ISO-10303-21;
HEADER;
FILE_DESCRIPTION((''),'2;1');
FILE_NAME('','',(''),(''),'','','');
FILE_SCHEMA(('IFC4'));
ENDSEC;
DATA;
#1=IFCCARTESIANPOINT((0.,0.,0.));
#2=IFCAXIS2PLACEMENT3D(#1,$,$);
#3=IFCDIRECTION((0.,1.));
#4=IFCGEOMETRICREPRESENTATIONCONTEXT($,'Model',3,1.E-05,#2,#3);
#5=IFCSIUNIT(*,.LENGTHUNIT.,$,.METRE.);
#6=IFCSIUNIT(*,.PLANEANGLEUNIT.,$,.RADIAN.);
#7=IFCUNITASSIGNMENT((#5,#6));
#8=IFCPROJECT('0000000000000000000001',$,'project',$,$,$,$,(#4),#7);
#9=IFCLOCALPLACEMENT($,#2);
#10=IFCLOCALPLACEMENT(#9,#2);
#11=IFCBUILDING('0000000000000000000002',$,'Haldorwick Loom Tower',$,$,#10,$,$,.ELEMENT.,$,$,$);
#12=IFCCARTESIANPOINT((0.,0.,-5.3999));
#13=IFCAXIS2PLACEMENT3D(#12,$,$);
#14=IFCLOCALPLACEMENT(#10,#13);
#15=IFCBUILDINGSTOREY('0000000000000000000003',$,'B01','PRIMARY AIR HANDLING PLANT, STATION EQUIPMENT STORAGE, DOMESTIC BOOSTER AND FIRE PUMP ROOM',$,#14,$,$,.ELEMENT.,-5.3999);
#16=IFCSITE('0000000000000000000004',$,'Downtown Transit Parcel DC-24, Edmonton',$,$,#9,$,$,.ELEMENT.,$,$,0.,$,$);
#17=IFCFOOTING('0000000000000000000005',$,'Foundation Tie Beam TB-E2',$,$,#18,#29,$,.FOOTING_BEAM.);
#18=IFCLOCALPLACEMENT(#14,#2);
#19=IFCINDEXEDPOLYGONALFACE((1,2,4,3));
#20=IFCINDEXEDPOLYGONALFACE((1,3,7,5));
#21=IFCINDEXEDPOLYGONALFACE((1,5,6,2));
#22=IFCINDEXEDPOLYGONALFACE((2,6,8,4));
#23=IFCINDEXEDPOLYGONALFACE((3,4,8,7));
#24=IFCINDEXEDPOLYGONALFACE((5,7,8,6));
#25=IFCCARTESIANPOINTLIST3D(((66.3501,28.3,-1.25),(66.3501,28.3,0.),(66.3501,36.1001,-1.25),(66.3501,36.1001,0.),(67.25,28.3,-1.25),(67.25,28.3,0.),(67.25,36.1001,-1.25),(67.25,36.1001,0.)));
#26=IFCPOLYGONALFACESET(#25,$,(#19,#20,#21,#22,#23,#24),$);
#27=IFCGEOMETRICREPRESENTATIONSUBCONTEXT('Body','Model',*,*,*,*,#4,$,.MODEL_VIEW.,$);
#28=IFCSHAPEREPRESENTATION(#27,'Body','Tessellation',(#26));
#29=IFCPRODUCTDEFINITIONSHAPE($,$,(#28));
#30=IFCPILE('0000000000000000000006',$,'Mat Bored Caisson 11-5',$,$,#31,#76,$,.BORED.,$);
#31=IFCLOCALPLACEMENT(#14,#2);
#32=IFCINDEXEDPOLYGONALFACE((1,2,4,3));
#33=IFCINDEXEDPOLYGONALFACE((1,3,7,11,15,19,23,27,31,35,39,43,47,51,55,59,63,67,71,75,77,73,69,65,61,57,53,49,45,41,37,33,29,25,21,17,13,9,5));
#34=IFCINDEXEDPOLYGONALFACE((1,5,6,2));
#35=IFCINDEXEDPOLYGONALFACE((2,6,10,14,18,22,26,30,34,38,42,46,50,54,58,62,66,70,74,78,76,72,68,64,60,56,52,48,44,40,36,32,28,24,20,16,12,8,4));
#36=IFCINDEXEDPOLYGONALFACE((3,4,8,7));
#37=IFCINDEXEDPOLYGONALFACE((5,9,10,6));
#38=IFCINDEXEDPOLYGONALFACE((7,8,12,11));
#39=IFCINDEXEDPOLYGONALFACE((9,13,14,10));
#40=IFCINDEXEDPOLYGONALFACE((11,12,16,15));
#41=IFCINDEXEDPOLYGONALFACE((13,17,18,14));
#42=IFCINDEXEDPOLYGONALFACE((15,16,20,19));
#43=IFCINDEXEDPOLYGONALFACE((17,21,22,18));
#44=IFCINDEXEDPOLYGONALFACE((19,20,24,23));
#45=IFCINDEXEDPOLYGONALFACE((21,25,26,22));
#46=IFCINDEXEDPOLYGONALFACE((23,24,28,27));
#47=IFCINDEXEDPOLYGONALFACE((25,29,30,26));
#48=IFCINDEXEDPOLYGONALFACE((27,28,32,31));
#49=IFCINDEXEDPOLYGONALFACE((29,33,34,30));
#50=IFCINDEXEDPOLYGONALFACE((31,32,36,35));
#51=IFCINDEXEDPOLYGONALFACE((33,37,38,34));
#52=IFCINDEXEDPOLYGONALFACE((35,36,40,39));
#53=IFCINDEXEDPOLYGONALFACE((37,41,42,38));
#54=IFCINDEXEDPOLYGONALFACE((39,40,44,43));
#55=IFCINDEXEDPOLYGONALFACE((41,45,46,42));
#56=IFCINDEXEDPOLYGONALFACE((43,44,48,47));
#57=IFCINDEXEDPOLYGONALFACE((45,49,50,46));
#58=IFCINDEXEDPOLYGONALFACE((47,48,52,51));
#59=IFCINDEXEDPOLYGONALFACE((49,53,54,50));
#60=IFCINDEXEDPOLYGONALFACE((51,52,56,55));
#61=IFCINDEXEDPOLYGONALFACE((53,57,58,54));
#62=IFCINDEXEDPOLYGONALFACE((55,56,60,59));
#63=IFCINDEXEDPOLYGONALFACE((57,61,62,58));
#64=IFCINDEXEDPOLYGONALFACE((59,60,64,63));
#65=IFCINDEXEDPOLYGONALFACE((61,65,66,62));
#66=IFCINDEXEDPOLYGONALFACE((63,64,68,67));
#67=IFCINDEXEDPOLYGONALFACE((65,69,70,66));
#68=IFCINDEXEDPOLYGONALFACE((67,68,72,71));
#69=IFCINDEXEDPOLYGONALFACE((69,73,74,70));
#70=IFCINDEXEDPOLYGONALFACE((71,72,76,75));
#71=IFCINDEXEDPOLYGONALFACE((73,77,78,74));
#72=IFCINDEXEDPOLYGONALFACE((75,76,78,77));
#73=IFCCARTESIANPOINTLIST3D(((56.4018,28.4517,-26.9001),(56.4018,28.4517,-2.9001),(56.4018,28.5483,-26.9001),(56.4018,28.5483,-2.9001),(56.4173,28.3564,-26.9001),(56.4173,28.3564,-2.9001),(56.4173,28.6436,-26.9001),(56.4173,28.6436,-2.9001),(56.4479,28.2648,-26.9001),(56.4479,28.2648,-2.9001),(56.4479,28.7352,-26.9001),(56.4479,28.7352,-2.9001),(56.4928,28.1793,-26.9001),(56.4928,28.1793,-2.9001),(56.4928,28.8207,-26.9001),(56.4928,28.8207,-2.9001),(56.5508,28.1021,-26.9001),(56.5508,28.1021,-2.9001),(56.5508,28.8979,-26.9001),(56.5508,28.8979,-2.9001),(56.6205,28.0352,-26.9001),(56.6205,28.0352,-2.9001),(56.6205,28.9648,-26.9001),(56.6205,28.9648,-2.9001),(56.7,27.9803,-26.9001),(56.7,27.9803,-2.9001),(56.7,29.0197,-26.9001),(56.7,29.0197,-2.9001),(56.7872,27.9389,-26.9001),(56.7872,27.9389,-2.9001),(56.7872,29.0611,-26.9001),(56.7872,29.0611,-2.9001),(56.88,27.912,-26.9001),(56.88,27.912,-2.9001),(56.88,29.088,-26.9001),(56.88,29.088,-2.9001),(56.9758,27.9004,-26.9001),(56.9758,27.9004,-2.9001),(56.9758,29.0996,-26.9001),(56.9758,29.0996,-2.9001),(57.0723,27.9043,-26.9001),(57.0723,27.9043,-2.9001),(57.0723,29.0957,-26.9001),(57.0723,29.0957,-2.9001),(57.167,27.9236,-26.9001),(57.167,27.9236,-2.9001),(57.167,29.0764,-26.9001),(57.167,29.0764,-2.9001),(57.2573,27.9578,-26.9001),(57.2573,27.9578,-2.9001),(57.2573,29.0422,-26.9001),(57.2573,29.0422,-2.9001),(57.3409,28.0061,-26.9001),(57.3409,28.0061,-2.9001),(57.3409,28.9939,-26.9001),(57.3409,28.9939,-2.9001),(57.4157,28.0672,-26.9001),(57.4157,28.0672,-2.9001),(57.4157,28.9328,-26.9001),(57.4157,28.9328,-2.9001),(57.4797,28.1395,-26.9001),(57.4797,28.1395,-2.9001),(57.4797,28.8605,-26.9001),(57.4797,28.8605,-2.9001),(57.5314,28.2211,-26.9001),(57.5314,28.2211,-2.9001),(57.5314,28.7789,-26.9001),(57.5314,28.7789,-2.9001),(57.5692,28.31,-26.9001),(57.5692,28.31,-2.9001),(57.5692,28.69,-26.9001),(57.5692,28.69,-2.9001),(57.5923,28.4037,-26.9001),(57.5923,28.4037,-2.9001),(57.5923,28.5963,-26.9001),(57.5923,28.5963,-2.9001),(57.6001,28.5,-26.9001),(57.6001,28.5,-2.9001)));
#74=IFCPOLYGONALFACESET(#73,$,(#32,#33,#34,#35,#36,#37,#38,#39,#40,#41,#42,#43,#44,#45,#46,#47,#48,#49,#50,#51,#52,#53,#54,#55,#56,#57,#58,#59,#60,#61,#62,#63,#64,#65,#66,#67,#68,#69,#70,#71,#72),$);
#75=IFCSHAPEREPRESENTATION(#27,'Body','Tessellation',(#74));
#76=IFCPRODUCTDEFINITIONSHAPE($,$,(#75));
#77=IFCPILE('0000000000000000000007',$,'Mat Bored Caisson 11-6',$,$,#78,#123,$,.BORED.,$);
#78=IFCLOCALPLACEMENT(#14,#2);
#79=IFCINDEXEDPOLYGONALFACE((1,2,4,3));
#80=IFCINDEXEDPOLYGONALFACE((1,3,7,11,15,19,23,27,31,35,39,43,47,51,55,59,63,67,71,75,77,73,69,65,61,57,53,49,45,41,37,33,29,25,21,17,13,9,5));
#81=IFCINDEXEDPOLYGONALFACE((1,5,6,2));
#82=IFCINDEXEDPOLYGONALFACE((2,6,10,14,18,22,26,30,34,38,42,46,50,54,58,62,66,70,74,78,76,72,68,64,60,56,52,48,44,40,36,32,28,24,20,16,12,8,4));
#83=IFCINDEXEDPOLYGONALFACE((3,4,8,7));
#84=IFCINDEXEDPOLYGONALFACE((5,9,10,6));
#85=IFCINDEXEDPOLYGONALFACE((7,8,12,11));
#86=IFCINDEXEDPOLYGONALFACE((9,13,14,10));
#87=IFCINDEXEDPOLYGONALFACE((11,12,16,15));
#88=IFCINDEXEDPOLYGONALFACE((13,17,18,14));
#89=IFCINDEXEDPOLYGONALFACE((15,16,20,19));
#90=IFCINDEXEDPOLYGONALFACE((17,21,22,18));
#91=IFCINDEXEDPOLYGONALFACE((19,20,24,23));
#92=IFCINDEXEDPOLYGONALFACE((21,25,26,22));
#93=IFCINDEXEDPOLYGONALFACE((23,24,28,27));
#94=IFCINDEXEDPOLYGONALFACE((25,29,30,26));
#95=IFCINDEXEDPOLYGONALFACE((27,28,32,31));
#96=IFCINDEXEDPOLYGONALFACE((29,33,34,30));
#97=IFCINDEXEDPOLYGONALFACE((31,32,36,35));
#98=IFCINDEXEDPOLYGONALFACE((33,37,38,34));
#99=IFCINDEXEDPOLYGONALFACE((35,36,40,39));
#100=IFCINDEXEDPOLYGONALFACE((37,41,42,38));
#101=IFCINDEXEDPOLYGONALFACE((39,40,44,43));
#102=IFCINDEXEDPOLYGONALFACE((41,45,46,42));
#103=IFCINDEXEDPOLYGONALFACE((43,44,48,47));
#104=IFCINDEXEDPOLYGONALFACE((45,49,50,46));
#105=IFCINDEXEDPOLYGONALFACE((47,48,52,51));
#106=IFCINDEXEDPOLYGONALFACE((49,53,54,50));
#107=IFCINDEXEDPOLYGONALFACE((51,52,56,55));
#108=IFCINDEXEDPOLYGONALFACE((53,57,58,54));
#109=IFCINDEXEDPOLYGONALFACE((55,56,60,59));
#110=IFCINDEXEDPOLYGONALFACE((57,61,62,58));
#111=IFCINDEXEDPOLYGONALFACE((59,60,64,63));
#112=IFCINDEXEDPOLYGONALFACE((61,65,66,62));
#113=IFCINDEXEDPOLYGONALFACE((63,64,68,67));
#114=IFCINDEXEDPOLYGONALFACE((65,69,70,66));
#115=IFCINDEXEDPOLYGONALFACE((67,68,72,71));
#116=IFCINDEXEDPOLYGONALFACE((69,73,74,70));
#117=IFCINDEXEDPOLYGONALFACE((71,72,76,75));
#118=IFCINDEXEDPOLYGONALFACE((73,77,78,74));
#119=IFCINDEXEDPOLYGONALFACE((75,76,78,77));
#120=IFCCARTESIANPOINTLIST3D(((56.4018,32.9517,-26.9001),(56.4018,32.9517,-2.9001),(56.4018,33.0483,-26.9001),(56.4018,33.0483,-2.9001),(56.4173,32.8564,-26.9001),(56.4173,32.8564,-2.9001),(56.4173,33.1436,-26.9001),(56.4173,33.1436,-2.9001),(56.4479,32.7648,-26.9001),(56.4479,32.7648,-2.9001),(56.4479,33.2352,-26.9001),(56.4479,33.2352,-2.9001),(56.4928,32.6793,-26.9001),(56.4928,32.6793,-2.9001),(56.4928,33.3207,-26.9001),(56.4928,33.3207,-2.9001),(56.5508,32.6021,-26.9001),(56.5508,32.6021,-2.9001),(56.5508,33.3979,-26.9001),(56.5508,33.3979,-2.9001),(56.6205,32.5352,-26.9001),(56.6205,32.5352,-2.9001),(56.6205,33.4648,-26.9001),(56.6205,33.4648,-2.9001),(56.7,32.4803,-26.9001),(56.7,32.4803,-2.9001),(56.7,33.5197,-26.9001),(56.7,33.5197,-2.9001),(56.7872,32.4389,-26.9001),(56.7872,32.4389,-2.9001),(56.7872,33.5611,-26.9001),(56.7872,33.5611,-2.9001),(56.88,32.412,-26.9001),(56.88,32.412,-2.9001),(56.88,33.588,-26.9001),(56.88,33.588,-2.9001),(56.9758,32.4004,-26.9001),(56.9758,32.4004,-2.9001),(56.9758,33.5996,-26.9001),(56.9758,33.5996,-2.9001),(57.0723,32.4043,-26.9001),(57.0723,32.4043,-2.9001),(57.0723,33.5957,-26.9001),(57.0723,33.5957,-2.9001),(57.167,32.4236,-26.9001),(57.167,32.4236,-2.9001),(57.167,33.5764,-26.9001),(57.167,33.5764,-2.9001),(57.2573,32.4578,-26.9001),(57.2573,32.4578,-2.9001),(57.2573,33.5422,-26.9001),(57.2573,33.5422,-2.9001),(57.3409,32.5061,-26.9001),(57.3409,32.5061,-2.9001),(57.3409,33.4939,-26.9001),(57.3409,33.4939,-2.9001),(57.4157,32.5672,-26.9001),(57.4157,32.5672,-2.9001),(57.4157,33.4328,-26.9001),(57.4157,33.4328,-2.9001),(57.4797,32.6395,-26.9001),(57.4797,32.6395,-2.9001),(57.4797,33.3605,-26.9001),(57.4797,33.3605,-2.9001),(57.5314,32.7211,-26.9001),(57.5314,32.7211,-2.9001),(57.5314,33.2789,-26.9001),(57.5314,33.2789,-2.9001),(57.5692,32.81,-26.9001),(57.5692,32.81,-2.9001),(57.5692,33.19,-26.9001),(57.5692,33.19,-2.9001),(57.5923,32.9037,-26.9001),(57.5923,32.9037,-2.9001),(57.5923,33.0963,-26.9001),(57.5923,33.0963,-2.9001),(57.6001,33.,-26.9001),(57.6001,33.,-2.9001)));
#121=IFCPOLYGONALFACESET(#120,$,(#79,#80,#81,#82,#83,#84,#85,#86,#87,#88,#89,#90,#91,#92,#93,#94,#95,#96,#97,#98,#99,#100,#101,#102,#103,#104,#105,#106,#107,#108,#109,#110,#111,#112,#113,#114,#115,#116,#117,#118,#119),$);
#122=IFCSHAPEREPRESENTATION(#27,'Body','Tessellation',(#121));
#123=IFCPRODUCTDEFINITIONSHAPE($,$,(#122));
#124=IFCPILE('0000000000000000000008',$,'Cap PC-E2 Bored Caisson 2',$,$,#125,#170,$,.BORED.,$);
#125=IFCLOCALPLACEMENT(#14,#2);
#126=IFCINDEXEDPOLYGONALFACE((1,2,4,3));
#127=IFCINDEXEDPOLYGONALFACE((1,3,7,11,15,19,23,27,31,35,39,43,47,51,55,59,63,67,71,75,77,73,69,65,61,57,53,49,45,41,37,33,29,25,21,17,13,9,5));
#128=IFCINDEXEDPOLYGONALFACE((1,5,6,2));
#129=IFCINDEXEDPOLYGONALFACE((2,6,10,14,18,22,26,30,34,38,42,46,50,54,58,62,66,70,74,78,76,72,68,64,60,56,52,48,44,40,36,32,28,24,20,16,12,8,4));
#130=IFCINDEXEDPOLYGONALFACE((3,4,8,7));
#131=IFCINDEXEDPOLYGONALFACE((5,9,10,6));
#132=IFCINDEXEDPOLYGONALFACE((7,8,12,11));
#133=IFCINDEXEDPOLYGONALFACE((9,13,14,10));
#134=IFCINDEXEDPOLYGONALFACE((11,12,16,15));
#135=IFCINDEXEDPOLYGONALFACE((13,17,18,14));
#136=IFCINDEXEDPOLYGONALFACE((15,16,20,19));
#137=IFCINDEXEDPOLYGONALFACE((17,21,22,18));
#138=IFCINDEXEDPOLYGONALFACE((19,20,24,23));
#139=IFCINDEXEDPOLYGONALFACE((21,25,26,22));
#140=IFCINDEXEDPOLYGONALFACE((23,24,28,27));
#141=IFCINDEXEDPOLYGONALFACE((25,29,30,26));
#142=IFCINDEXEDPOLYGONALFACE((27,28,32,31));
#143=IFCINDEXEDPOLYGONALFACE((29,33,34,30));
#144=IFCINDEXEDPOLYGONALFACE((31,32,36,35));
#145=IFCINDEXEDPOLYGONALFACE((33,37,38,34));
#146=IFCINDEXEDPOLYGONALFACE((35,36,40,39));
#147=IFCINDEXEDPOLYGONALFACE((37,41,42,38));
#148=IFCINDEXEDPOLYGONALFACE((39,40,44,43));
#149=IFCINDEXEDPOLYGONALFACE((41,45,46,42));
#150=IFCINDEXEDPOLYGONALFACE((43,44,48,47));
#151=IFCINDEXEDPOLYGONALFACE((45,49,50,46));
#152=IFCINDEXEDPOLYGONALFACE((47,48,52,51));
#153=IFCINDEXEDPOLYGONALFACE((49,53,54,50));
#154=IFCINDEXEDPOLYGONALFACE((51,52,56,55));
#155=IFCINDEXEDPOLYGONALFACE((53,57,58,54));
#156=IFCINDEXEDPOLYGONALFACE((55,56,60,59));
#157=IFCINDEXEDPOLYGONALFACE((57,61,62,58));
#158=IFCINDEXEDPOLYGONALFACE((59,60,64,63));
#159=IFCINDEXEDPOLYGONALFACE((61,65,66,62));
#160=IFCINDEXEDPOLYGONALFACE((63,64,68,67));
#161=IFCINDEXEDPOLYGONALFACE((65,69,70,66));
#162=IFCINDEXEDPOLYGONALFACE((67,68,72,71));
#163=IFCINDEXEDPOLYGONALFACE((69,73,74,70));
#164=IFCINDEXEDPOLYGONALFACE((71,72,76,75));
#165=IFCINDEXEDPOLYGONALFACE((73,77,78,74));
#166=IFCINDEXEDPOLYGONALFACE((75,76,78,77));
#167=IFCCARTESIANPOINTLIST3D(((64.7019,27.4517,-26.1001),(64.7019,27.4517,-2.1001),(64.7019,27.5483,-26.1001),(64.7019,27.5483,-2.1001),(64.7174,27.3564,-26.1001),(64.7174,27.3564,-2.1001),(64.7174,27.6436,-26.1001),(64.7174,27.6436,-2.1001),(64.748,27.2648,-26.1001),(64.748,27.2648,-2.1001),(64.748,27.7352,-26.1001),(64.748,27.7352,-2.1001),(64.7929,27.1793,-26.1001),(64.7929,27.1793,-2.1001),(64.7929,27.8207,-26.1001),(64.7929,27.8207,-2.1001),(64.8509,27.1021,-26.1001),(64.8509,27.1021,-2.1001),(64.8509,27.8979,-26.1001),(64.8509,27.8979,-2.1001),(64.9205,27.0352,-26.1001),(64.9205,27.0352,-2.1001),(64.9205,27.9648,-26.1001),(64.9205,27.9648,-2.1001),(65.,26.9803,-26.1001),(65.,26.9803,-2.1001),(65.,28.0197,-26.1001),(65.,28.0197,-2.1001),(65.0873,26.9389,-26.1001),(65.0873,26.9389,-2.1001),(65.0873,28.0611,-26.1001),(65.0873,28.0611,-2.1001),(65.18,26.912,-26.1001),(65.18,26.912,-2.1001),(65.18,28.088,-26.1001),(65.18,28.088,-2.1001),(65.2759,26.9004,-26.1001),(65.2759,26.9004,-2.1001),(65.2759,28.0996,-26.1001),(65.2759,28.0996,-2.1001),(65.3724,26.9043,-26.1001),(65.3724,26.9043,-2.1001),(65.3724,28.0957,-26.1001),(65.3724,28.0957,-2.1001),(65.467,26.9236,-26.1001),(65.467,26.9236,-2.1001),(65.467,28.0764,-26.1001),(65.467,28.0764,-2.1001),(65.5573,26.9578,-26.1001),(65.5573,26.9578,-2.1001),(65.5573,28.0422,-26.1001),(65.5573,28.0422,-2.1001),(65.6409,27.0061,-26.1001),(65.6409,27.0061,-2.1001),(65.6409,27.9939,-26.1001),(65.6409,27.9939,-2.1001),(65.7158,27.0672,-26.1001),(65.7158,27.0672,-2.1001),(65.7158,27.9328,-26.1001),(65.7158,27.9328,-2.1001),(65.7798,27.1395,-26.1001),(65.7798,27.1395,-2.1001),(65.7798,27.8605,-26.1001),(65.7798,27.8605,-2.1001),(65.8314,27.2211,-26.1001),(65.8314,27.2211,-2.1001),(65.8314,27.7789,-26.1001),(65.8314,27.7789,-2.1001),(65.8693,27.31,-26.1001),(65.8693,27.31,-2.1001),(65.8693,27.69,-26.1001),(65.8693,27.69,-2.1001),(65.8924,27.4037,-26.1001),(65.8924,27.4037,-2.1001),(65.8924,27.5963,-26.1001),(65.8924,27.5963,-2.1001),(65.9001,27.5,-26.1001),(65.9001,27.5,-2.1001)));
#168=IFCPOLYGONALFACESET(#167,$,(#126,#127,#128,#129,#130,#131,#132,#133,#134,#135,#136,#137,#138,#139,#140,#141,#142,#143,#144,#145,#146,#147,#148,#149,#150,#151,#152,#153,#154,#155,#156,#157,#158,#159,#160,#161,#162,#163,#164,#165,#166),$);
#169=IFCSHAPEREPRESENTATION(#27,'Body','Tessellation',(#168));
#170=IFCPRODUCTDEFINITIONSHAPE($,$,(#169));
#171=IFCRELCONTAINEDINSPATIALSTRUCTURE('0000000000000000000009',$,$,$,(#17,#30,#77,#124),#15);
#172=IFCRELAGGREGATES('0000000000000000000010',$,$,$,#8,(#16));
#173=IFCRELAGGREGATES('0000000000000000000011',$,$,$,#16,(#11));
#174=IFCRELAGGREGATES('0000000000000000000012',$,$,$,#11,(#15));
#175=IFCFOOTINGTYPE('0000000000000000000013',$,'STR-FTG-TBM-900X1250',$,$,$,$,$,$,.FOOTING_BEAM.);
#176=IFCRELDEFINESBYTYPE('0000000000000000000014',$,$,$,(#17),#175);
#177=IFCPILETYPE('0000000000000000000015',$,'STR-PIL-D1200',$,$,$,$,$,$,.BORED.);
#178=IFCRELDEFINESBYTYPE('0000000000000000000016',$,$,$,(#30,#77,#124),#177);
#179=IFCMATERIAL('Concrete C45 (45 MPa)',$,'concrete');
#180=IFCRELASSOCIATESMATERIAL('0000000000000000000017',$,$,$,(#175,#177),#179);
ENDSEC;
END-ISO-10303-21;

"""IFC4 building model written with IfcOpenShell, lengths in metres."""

from ifc_helpers import new_model, si_unit, direction, frame, origin, origin_2d, place, context, subcontext, project, spatial, rectangle, circle, extrude, material, material_profile, profile_set, type_object, element, save


model = new_model("IFC4")

# Units and contexts
model_context = context("Model", 3, precision=1e-05, world=origin(), true_north=direction((0.0, 1.0)))
body_context = subcontext(model_context, "Body", "Model", "MODEL_VIEW")
ifc_project = project(units=[si_unit("LENGTHUNIT", "METRE"), si_unit("PLANEANGLEUNIT", "RADIAN")], contexts=[model_context])

# Site, building, storey
site_placement = place(None, origin())
site = spatial("IfcSite", under=ifc_project, at=site_placement, Name="Downtown Transit Parcel DC-24, Edmonton", CompositionType="ELEMENT", RefElevation=0.0)
building_placement = place(site_placement, origin())
building = spatial("IfcBuilding", under=site, at=building_placement, Name="Haldorwick Loom Tower", CompositionType="ELEMENT")
storey_placement = place(building_placement, frame((0.0, 0.0, -5.3999)))
storey = spatial("IfcBuildingStorey", under=building, at=storey_placement, Name="B01", Description="PRIMARY AIR HANDLING PLANT, STATION EQUIPMENT STORAGE, DOMESTIC BOOSTER AND FIRE PUMP ROOM", CompositionType="ELEMENT", Elevation=-5.3999)

# Footing
ifc_material_1 = material(Name="Concrete C45 (45 MPa)", Category="concrete")
ifc_material_profile_1 = material_profile(ifc_material_1, rectangle(XDim=0.8999, YDim=1.25, at=origin_2d()), Name="RC900X1250", Category="concrete")
ifc_profile_set_1 = profile_set([ifc_material_profile_1], Name="Concrete C45 (45 MPa)")
footing_type = type_object("IfcFootingType", Name="STR-FTG-TBM-900X1250", PredefinedType="FOOTING_BEAM", material=ifc_profile_set_1)
footing_placement = place(storey_placement, frame((66.8, 28.3, -0.625), z_axis=(0.0, 1.0, 0.0), x_axis=(-1.0, 0.0, 0.0)))
element("IfcFooting", 1, at=footing_placement, inside=storey, type_object=footing_type, Name="Foundation Tie Beam TB-E2", PredefinedType="FOOTING_BEAM", context=body_context, shape_type="SweptSolid", body=[
    extrude(rectangle(XDim=0.8999, YDim=1.25, at=origin_2d()), origin(), (0.0, 0.0, 1.0), 7.8),
])

# Piles
ifc_material_profile_2 = material_profile(ifc_material_1, circle(Radius=0.6001, at=origin_2d()), Name="CAISSON_D1200", Category="concrete")
ifc_profile_set_2 = profile_set([ifc_material_profile_2], Name="Concrete C45 (45 MPa)")
pile_type_1 = type_object("IfcPileType", Name="STR-PIL-D1200", PredefinedType="BORED", material=ifc_profile_set_2)
for number, where, z_axis, x_axis, name in (
    (2, (57.0, 28.5, -2.9001), (0.0, 0.0, -1.0), (1.0, 0.0, 0.0), "Mat Bored Caisson 11-5"),
    (3, (57.0, 33.0, -2.9001), (0.0, 0.0, -1.0), (1.0, 0.0, 0.0), "Mat Bored Caisson 11-6"),
    (4, (65.3, 27.5, -2.1001), (0.0, 0.0, -1.0), (1.0, 0.0, 0.0), "Cap PC-E2 Bored Caisson 2"),
):
    element("IfcPile", number, at=place(storey_placement, frame(where, z_axis=z_axis, x_axis=x_axis)), inside=storey, type_object=pile_type_1, Name=name, PredefinedType="BORED", context=body_context, shape_type="SweptSolid", body=[
        extrude(circle(Radius=0.6001, at=origin_2d()), origin(), (0.0, 0.0, 1.0), 24.0),
    ])

save(model, "model.ifc")
